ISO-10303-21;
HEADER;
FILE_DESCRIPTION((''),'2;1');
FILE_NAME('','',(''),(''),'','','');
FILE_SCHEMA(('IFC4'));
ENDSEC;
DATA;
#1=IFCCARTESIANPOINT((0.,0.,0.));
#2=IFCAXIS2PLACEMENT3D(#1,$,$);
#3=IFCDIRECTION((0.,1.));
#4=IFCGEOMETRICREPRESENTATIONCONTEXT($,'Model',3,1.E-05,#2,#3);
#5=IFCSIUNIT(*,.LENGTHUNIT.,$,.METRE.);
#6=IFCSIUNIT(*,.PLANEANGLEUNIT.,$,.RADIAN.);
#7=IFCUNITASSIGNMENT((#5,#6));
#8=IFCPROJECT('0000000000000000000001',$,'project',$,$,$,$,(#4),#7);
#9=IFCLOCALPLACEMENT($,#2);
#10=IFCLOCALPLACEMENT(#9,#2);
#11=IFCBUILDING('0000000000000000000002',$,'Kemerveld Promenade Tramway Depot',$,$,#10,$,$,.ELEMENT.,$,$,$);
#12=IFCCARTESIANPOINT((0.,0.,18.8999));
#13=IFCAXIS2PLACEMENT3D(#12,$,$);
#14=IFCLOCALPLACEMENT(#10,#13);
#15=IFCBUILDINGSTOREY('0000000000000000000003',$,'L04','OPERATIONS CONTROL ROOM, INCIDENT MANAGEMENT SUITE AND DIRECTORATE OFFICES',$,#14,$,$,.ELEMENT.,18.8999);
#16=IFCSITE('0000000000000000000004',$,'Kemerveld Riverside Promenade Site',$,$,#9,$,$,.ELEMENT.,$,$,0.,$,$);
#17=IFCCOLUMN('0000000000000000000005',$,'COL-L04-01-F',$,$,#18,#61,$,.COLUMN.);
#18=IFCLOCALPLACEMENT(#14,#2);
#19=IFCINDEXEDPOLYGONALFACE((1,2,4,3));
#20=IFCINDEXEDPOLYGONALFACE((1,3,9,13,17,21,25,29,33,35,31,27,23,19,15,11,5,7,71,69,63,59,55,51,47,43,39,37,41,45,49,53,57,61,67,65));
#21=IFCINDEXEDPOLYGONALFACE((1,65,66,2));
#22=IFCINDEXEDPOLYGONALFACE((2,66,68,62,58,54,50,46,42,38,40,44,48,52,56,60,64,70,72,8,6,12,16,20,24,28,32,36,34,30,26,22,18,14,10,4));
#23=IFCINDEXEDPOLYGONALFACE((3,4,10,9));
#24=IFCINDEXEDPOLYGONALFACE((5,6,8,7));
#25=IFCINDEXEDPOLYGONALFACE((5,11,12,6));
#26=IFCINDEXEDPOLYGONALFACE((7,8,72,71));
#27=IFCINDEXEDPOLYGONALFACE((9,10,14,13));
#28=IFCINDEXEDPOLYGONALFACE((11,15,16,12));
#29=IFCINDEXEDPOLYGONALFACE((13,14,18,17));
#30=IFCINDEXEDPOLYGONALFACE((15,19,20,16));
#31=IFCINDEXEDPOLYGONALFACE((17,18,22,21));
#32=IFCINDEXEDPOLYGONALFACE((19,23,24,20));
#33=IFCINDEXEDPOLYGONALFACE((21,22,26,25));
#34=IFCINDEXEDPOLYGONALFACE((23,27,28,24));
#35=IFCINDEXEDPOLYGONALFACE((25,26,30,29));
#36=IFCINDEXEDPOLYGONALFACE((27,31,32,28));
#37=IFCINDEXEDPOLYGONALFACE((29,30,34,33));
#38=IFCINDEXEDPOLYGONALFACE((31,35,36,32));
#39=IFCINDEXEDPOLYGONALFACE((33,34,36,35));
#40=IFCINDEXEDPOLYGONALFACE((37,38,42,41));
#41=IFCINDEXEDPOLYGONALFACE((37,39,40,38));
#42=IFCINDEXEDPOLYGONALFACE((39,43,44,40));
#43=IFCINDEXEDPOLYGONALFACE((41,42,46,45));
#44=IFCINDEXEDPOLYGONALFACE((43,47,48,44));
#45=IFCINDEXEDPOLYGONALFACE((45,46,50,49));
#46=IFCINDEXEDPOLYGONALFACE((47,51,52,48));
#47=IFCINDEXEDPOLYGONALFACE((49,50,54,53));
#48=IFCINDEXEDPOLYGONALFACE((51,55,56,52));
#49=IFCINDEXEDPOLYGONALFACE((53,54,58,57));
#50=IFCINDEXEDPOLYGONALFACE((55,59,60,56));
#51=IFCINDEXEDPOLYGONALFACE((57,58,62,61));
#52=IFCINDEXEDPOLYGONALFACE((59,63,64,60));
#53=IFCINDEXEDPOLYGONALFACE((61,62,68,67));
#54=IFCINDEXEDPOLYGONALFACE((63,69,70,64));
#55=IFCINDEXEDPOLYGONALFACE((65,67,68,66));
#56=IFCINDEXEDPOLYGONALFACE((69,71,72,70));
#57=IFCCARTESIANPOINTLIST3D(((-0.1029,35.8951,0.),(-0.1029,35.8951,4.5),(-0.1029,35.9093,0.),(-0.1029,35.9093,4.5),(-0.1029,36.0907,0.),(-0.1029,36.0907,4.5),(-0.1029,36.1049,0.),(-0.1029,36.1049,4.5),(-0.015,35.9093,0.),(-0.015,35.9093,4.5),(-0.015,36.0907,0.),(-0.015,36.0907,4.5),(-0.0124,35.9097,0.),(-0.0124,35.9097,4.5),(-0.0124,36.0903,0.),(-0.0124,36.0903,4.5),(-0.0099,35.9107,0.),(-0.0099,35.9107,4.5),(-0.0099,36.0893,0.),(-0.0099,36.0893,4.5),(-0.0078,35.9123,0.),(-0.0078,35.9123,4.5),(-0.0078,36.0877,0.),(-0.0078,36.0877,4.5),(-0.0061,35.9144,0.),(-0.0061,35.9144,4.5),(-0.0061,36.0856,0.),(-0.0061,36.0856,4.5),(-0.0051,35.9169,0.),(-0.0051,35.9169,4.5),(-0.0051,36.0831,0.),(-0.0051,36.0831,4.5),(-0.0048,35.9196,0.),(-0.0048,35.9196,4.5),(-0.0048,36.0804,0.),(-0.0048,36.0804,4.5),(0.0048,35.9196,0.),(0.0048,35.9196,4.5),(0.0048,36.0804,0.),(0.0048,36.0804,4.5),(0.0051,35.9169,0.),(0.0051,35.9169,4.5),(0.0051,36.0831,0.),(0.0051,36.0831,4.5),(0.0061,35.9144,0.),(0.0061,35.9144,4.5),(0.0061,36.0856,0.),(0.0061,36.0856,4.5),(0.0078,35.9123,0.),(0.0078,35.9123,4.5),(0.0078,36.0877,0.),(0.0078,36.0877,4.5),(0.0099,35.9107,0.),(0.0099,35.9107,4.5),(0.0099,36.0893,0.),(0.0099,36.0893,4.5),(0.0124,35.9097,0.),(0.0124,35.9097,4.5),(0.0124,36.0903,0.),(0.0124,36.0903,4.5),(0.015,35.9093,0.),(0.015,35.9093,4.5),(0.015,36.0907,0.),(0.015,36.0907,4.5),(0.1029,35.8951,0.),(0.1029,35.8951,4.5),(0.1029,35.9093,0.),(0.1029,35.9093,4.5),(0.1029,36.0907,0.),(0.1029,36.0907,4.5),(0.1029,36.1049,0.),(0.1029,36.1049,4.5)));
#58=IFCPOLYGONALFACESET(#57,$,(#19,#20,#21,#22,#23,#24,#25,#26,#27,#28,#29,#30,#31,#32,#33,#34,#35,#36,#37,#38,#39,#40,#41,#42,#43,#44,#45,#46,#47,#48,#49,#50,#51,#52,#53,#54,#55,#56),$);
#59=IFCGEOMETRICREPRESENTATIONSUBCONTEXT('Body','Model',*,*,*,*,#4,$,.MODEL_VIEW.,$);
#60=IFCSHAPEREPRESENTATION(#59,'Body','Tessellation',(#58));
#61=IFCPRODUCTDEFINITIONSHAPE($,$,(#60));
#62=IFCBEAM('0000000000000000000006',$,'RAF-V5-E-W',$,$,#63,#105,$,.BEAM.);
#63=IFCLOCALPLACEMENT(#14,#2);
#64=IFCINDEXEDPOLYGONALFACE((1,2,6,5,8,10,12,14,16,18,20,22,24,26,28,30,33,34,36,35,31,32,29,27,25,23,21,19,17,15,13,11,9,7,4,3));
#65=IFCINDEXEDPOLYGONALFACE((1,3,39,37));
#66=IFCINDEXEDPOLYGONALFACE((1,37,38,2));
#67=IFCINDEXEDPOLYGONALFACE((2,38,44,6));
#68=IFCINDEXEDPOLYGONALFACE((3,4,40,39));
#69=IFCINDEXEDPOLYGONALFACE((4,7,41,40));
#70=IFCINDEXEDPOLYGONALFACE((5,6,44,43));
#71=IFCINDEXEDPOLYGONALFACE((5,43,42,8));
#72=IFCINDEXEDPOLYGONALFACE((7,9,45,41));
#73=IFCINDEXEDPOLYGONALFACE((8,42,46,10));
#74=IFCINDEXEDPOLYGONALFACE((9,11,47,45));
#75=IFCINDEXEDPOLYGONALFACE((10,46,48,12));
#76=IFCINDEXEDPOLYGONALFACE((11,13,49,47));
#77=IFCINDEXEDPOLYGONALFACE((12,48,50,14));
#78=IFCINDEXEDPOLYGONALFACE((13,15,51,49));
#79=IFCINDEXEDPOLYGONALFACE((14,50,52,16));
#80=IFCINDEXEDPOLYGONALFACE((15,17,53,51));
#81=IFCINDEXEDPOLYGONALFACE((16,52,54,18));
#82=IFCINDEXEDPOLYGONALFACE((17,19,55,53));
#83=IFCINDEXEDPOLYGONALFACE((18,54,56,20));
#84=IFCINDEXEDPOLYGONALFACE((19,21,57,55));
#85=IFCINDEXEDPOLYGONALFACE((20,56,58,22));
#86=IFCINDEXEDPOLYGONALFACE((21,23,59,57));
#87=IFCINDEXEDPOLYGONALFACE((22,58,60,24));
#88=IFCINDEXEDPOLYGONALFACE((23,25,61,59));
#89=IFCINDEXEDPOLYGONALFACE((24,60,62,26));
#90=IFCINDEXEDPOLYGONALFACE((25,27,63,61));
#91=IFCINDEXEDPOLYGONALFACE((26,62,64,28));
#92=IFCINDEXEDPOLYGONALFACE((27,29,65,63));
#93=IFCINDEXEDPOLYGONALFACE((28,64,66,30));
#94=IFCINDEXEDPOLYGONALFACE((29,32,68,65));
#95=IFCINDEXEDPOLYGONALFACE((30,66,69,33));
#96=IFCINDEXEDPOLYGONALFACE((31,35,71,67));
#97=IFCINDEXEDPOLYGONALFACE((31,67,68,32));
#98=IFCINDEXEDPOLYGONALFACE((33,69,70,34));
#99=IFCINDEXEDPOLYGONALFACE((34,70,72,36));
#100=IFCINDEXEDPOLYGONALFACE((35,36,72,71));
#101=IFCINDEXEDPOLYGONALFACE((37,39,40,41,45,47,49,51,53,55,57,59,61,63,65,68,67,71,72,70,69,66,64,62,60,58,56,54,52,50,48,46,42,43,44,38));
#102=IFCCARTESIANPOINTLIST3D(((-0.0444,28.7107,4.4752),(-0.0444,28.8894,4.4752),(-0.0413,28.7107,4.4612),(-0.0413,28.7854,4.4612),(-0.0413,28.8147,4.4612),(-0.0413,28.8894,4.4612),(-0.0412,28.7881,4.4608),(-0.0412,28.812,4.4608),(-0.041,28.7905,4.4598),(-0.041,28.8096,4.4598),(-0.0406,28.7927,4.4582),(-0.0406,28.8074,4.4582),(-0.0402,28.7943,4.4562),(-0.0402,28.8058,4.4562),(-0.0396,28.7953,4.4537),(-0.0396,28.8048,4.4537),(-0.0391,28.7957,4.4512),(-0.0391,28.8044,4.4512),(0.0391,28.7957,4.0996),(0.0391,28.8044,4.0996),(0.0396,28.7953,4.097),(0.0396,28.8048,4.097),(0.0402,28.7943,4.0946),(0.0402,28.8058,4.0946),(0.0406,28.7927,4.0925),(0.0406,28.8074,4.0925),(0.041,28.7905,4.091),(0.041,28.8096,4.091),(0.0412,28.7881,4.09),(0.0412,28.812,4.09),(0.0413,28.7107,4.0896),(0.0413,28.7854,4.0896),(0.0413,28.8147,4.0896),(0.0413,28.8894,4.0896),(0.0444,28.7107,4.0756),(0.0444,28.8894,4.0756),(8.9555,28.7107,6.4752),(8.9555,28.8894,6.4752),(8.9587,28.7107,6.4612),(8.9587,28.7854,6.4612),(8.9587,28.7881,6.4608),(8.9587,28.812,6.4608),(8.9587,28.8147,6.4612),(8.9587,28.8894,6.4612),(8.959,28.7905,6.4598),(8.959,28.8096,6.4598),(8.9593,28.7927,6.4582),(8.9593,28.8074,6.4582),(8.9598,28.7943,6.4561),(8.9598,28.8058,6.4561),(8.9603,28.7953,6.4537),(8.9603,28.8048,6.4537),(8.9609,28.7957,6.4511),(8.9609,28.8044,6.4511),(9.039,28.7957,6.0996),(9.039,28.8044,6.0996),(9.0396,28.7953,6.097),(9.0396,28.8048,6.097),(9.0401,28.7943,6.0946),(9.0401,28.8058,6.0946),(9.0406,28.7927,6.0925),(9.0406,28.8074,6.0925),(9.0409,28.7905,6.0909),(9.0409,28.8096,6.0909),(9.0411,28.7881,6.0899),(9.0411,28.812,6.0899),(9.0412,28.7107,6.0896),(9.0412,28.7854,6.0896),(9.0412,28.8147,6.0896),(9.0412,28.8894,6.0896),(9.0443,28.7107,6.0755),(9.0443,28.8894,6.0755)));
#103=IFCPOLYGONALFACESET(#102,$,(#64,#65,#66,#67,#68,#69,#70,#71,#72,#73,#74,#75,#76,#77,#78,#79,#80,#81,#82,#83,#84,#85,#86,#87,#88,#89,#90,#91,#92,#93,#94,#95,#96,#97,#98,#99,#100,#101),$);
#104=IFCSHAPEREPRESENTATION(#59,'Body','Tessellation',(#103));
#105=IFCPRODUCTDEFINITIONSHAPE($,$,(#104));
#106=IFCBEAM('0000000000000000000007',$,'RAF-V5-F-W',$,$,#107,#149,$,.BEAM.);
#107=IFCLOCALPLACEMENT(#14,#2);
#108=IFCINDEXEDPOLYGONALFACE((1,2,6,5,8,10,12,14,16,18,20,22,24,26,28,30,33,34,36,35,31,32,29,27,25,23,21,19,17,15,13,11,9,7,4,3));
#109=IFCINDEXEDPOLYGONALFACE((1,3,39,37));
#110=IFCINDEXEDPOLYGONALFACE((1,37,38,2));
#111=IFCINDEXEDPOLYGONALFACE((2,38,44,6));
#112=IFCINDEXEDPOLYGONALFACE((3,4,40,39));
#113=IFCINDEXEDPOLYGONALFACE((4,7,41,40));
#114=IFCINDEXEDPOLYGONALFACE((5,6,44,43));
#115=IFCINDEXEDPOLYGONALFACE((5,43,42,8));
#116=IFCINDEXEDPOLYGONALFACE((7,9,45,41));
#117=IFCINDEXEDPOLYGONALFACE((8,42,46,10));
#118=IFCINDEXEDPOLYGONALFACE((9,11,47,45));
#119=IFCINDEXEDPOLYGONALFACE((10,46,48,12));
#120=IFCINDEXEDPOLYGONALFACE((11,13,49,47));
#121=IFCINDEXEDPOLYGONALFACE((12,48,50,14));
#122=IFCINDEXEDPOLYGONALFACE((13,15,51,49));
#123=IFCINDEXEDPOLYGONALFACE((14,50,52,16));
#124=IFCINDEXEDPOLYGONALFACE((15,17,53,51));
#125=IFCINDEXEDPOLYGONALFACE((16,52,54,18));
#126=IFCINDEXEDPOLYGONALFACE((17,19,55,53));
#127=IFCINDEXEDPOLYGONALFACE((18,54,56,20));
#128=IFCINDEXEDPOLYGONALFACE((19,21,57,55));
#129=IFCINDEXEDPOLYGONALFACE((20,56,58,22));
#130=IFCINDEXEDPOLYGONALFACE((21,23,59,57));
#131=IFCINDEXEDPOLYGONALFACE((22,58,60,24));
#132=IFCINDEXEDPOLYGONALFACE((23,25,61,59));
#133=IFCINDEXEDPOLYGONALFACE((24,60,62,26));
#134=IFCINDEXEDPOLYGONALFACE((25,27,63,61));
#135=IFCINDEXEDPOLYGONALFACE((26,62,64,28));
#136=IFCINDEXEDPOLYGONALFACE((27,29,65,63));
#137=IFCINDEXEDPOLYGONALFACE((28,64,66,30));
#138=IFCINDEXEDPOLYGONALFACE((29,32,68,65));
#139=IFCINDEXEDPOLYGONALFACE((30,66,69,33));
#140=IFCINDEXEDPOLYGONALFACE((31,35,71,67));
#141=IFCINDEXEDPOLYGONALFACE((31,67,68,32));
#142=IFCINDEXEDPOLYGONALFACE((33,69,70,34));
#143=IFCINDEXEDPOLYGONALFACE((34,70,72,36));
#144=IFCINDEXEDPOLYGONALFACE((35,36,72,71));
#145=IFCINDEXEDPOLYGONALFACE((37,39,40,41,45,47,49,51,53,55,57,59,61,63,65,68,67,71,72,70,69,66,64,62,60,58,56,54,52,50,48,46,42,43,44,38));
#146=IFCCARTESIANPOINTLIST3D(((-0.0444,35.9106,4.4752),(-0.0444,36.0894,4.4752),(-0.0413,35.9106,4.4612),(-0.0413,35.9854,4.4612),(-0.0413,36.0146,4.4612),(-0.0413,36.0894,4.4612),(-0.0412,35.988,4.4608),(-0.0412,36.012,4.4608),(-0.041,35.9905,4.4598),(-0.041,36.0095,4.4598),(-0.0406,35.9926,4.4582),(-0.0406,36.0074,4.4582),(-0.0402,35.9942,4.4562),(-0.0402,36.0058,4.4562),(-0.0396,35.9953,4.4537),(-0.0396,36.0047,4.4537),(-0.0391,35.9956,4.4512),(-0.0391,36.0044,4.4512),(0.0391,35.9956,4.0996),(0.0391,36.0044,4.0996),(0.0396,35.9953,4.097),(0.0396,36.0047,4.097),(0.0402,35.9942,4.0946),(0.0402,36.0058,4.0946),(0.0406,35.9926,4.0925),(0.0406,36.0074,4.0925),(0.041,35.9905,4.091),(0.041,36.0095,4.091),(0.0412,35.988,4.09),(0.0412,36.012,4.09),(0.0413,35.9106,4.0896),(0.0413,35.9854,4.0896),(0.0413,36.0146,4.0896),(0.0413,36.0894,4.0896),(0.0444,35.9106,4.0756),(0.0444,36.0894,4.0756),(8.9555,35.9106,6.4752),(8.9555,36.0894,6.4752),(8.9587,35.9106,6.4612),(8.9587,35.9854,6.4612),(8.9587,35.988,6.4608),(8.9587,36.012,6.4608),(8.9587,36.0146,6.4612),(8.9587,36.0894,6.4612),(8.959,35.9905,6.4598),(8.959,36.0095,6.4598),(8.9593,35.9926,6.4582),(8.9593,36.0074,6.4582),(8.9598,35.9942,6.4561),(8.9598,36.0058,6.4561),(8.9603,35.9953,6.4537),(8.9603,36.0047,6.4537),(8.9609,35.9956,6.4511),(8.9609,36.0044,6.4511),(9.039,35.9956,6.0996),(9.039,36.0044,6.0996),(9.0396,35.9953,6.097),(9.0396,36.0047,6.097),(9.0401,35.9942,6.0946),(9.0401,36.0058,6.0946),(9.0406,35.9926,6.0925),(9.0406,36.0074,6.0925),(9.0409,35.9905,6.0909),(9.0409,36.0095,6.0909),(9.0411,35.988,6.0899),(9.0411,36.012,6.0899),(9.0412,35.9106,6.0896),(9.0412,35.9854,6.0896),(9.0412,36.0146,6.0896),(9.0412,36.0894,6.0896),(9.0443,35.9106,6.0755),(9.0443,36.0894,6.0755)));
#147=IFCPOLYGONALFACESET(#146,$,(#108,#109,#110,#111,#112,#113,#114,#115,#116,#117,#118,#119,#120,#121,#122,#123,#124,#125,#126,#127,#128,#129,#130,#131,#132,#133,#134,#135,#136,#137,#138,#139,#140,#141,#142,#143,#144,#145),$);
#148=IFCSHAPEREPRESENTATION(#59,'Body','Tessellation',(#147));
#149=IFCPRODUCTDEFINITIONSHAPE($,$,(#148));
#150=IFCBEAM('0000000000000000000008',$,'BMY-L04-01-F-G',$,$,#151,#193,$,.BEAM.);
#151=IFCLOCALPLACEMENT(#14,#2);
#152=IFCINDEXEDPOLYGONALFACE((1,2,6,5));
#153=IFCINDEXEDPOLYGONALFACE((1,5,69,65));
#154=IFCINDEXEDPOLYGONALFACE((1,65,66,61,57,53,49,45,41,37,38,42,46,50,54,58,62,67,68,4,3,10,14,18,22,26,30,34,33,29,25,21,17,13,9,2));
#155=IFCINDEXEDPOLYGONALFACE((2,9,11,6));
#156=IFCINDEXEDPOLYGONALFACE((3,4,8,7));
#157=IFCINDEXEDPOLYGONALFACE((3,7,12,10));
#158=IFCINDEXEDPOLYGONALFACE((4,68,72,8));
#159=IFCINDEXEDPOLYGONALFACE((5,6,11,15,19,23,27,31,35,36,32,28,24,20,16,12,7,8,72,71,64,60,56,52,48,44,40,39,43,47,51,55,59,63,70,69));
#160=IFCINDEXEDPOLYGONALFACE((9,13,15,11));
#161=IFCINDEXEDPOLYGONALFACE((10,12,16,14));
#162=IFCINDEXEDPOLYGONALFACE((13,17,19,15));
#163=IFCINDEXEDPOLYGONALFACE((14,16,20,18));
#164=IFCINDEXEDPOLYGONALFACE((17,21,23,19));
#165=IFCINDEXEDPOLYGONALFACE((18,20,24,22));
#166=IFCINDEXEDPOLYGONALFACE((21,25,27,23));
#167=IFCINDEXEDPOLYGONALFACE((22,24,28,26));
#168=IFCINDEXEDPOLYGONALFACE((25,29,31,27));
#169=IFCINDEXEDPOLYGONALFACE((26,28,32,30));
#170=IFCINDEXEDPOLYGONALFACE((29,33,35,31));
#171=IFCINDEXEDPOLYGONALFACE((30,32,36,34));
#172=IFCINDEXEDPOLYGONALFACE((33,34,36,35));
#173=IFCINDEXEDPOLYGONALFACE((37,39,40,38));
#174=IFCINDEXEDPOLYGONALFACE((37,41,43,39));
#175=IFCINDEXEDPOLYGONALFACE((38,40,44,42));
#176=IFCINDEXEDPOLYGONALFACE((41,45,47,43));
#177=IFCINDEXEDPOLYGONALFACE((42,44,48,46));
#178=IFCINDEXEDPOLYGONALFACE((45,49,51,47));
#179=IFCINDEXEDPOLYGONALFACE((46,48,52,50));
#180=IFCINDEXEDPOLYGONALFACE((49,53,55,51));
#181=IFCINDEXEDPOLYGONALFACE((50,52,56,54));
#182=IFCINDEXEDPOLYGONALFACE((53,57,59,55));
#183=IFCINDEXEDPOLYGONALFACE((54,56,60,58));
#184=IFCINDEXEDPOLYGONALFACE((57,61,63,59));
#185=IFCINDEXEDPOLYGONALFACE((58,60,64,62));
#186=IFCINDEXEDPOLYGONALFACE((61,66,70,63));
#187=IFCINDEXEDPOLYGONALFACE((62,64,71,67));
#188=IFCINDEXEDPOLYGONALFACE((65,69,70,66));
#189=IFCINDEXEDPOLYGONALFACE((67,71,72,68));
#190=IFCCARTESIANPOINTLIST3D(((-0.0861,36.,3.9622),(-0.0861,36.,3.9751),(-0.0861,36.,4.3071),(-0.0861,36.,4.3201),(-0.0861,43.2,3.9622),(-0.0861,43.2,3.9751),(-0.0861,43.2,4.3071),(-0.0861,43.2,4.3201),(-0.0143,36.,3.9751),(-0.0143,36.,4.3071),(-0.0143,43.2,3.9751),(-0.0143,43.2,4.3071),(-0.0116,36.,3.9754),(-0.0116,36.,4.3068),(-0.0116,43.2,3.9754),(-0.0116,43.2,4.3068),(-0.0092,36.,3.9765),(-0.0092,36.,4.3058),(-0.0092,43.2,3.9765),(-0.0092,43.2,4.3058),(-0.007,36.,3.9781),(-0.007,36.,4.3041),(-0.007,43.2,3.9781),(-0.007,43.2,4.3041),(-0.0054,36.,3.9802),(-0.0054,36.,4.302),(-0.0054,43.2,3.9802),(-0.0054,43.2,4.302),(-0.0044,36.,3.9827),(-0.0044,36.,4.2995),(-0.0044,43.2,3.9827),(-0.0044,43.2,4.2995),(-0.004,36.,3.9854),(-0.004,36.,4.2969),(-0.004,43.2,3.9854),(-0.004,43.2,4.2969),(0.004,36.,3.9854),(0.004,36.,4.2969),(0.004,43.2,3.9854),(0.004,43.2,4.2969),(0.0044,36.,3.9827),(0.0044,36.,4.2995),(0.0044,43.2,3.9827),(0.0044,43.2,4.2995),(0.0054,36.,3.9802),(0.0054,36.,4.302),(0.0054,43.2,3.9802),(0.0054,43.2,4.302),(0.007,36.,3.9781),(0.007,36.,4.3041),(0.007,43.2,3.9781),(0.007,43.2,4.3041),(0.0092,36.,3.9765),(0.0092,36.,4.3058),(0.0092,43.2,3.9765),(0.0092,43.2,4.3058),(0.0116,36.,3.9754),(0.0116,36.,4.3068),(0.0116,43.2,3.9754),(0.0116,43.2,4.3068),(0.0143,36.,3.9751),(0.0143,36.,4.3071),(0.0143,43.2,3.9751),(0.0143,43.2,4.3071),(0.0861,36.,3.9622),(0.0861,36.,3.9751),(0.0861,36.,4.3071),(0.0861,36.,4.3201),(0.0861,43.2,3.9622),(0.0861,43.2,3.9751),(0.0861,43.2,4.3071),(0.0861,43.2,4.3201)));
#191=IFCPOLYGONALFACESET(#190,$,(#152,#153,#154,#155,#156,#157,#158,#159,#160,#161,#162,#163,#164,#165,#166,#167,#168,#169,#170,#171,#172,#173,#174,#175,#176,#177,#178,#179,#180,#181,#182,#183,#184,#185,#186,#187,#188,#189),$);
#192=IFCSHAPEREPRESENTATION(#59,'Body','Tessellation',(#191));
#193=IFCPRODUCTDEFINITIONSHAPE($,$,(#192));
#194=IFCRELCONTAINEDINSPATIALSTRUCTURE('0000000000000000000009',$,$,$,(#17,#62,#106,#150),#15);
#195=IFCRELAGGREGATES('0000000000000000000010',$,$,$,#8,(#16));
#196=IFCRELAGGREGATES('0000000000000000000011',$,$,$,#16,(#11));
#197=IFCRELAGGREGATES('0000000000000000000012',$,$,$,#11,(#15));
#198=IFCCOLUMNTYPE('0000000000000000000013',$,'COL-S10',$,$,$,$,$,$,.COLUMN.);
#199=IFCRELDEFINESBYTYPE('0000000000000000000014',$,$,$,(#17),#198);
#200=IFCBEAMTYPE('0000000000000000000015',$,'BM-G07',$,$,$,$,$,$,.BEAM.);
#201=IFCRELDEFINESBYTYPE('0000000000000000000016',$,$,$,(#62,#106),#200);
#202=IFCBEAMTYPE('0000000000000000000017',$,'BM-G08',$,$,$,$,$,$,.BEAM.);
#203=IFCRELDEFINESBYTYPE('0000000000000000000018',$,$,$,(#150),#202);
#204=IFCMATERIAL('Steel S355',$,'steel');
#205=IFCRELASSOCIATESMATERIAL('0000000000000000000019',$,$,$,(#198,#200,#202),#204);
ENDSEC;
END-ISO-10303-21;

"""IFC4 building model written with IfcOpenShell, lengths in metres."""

from ifc_helpers import new_model, si_unit, direction, frame, origin, origin_2d, place, context, subcontext, project, spatial, i_section, extrude, material, material_profile, profile_set, type_object, element, save


model = new_model("IFC4")

# Units and contexts
model_context = context("Model", 3, precision=1e-05, world=origin(), true_north=direction((0.0, 1.0)))
body_context = subcontext(model_context, "Body", "Model", "MODEL_VIEW")
ifc_project = project(units=[si_unit("LENGTHUNIT", "METRE"), si_unit("PLANEANGLEUNIT", "RADIAN")], contexts=[model_context])

# Site, building, storey
site_placement = place(None, origin())
site = spatial("IfcSite", under=ifc_project, at=site_placement, Name="Kemerveld Riverside Promenade Site", CompositionType="ELEMENT", RefElevation=0.0)
building_placement = place(site_placement, origin())
building = spatial("IfcBuilding", under=site, at=building_placement, Name="Kemerveld Promenade Tramway Depot", CompositionType="ELEMENT")
storey_placement = place(building_placement, frame((0.0, 0.0, 18.8999)))
storey = spatial("IfcBuildingStorey", under=building, at=storey_placement, Name="L04", Description="OPERATIONS CONTROL ROOM, INCIDENT MANAGEMENT SUITE AND DIRECTORATE OFFICES", CompositionType="ELEMENT", Elevation=18.8999)

# Column
ifc_material_1 = material(Name="Steel S355", Category="steel")
ifc_material_profile_1 = material_profile(ifc_material_1, i_section(OverallWidth=0.2058, OverallDepth=0.2097, WebThickness=0.0095, FlangeThickness=0.0142, FilletRadius=0.0103, at=origin_2d()), Name="203x203x60 UC")
ifc_profile_set_1 = profile_set([ifc_material_profile_1], Name="Steel S355")
column_type = type_object("IfcColumnType", Name="COL-S10", PredefinedType="COLUMN", material=ifc_profile_set_1)
column_placement = place(storey_placement, frame((0.0, 36.0, 0.0), z_axis=(0.0, 0.0, 1.0), x_axis=(1.0, 0.0, 0.0)))
element("IfcColumn", 1, at=column_placement, inside=storey, type_object=column_type, Name="COL-L04-01-F", PredefinedType="COLUMN", context=body_context, shape_type="SweptSolid", body=[
    extrude(i_section(OverallWidth=0.2058, OverallDepth=0.2097, WebThickness=0.0095, FlangeThickness=0.0142, FilletRadius=0.0103, at=origin_2d()), origin(), (0.0, 0.0, 1.0), 4.5),
])

# Beams
ifc_material_profile_2 = material_profile(ifc_material_1, i_section(OverallWidth=0.1787, OverallDepth=0.4094, WebThickness=0.0088, FlangeThickness=0.0144, FilletRadius=0.0103, at=origin_2d()), Name="406x178x67 UB")
ifc_profile_set_2 = profile_set([ifc_material_profile_2], Name="Steel S355")
beam_type_1 = type_object("IfcBeamType", Name="BM-G07", PredefinedType="BEAM", material=ifc_profile_set_2)
for number, where, z_axis, x_axis, name in (
    (2, (0.0, 28.8, 4.2754), (0.976187, 0.0, 0.21693), (0.0, 1.0, 0.0), "RAF-V5-E-W"),
    (3, (0.0, 36.0, 4.2754), (0.976187, 0.0, 0.21693), (0.0, 1.0, 0.0), "RAF-V5-F-W"),
):
    element("IfcBeam", number, at=place(storey_placement, frame(where, z_axis=z_axis, x_axis=x_axis)), inside=storey, type_object=beam_type_1, Name=name, PredefinedType="BEAM", context=body_context, shape_type="SweptSolid", body=[
        extrude(i_section(OverallWidth=0.1787, OverallDepth=0.4094, WebThickness=0.0088, FlangeThickness=0.0144, FilletRadius=0.0103, at=origin_2d()), origin(), (0.0, 0.0, 1.0), 9.2195),
    ])
ifc_material_profile_3 = material_profile(ifc_material_1, i_section(OverallWidth=0.1721, OverallDepth=0.3579, WebThickness=0.0081, FlangeThickness=0.0129, FilletRadius=0.0103, at=origin_2d()), Name="356x171x57 UB")
ifc_profile_set_3 = profile_set([ifc_material_profile_3], Name="Steel S355")
beam_type_2 = type_object("IfcBeamType", Name="BM-G08", PredefinedType="BEAM", material=ifc_profile_set_3)
beam_placement = place(storey_placement, frame((0.0, 36.0, 4.1411), z_axis=(0.0, 1.0, 0.0), x_axis=(-1.0, 0.0, 0.0)))
element("IfcBeam", 4, at=beam_placement, inside=storey, type_object=beam_type_2, Name="BMY-L04-01-F-G", PredefinedType="BEAM", context=body_context, shape_type="SweptSolid", body=[
    extrude(i_section(OverallWidth=0.1721, OverallDepth=0.3579, WebThickness=0.0081, FlangeThickness=0.0129, FilletRadius=0.0103, at=origin_2d()), origin(), (0.0, 0.0, 1.0), 7.2),
])

save(model, "model.ifc")
